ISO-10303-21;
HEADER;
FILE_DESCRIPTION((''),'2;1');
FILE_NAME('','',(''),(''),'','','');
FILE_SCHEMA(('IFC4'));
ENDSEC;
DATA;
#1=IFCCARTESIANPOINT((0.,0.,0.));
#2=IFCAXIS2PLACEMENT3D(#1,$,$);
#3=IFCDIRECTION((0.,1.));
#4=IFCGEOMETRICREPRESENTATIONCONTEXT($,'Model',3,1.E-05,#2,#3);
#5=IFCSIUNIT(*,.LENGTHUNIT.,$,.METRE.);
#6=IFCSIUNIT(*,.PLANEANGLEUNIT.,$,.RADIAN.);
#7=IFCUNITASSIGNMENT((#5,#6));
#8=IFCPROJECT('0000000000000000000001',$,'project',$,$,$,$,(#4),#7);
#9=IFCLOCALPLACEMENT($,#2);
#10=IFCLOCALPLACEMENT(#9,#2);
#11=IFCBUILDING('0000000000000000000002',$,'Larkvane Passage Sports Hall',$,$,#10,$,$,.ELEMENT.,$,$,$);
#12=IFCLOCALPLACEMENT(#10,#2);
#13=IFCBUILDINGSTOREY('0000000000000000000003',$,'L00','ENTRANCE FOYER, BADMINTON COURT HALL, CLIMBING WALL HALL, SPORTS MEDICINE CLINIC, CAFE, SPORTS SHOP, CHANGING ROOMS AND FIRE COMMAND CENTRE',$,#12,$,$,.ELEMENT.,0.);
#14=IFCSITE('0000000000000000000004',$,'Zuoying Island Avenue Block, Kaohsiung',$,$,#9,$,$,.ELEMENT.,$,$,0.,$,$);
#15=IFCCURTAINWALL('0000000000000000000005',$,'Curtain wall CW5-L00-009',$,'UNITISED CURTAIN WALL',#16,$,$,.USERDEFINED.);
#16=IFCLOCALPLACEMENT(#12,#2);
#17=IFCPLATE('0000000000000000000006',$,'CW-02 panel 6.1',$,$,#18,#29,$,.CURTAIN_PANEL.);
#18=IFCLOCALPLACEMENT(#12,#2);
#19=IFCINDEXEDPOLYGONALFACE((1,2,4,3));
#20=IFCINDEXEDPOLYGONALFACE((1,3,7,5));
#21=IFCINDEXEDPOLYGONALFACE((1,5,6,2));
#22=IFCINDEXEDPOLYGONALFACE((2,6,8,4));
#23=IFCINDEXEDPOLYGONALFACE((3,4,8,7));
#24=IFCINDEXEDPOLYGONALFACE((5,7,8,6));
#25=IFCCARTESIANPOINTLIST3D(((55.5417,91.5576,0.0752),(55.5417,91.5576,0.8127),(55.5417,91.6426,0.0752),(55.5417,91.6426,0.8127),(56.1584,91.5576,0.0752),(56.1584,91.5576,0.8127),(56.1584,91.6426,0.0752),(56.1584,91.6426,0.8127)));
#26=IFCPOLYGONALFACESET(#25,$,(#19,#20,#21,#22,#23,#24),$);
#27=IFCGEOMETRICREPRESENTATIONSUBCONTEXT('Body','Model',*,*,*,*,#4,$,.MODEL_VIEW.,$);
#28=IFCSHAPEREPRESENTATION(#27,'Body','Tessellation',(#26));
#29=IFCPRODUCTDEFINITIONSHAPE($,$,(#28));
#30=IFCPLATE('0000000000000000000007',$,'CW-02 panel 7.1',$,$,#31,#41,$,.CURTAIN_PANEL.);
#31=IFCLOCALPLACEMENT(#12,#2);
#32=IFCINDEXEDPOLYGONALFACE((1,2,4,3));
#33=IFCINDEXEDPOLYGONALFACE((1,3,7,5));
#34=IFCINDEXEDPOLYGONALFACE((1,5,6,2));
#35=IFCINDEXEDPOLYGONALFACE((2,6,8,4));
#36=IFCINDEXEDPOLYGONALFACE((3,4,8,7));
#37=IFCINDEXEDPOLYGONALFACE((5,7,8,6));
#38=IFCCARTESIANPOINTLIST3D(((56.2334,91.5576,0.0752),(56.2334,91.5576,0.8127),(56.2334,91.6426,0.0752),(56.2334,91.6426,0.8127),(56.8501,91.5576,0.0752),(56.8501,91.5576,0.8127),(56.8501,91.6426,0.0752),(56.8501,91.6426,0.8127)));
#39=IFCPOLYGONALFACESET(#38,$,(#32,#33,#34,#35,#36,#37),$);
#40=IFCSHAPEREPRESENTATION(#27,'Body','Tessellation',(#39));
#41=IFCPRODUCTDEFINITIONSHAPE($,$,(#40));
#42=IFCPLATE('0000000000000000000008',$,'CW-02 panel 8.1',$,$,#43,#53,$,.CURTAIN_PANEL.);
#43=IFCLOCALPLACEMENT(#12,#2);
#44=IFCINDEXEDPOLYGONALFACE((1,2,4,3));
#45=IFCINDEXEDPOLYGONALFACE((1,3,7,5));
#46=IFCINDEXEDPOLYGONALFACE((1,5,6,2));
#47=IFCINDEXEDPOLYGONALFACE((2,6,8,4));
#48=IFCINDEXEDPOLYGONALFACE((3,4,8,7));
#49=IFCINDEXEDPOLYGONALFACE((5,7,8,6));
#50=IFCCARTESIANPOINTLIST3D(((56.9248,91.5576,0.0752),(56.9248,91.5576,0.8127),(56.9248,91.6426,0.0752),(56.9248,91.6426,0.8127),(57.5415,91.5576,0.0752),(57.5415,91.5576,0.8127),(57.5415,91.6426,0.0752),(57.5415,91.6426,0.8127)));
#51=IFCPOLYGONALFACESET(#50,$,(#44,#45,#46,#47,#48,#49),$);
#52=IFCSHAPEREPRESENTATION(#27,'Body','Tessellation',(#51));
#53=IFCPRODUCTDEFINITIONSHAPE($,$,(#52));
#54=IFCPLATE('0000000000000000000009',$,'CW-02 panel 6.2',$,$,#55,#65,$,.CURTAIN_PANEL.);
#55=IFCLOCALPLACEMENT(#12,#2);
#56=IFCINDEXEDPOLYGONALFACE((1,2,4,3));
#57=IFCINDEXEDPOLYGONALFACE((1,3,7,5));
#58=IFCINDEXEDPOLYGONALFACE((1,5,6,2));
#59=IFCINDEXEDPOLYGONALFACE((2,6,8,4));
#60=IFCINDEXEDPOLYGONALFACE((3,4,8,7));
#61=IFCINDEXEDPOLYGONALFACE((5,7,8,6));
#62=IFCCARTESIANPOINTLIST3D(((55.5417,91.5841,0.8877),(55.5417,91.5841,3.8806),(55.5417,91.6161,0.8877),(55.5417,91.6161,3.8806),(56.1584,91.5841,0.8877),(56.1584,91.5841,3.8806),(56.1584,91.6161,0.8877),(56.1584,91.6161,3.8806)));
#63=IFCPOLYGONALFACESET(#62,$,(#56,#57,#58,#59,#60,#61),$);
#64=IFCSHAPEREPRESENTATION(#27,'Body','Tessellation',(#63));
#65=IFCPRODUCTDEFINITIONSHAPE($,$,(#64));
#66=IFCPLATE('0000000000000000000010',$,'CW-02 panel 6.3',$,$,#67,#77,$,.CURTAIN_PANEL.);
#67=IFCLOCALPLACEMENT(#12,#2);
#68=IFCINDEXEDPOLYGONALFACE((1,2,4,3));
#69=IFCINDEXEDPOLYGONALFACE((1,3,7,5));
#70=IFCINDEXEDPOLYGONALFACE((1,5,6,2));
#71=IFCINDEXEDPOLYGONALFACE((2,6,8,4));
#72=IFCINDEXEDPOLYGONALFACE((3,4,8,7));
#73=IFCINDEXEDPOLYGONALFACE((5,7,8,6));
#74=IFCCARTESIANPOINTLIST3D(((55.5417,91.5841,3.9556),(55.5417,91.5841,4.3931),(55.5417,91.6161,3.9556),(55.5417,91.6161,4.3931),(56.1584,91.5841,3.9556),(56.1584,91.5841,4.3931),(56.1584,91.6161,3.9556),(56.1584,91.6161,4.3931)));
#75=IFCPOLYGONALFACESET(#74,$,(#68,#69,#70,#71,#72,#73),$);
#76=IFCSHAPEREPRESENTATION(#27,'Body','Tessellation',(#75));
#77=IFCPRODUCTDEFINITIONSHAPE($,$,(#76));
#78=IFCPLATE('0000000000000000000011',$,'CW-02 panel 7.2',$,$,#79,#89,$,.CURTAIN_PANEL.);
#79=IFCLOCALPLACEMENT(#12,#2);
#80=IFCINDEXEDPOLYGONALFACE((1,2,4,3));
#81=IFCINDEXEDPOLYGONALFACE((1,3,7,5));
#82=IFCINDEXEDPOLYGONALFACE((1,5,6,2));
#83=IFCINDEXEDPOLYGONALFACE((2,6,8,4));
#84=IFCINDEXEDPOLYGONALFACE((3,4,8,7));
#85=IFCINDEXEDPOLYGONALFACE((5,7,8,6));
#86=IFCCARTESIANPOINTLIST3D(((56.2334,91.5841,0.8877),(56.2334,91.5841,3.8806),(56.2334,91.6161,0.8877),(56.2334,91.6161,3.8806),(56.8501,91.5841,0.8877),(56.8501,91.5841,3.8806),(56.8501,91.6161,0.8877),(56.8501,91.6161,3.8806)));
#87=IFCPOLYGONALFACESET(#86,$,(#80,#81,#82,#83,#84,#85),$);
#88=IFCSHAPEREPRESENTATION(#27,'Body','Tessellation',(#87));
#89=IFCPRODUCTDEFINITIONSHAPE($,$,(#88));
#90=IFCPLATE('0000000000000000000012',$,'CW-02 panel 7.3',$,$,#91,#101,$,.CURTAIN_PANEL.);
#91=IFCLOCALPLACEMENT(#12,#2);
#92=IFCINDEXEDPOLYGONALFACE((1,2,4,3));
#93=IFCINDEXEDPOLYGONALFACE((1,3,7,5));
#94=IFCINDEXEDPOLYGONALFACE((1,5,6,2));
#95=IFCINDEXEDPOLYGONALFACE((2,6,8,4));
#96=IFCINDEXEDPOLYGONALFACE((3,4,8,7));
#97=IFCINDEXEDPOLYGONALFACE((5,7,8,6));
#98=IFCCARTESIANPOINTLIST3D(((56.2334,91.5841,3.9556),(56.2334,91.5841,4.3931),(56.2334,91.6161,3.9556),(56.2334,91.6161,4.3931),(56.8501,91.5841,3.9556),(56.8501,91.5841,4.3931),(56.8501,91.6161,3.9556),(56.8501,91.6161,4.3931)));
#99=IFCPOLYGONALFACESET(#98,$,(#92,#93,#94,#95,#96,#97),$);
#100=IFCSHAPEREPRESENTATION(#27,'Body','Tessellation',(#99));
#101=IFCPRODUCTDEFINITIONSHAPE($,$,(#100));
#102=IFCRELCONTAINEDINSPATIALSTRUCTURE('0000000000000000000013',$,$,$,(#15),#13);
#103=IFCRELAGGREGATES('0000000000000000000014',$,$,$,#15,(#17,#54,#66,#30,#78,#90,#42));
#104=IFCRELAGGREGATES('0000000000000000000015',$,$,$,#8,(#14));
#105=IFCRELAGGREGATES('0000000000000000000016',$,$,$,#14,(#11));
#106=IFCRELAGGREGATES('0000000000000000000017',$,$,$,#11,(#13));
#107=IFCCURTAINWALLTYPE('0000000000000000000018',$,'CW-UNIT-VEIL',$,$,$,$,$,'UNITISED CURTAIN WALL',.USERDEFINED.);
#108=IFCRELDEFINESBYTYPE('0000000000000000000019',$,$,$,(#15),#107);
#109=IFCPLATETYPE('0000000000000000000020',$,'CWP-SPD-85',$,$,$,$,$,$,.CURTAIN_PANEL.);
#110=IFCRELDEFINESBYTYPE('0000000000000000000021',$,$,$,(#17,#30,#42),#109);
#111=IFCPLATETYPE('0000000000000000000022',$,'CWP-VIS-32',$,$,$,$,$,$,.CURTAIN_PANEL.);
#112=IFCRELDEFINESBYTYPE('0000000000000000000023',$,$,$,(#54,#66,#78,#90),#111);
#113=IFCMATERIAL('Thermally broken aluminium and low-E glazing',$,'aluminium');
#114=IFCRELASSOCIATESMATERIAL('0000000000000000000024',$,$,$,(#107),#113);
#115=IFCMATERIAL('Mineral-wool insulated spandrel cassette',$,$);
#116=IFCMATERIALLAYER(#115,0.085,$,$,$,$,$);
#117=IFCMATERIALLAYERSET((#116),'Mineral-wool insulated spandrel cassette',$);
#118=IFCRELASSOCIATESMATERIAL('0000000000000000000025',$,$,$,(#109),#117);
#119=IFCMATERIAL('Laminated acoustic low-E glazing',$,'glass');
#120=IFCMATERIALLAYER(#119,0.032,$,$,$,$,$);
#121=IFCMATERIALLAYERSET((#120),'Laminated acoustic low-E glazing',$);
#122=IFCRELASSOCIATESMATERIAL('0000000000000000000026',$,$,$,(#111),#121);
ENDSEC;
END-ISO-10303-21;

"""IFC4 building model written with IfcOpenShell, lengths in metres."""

from ifc_helpers import new_model, si_unit, direction, frame, origin, origin_2d, place, context, subcontext, project, spatial, rectangle, extrude, material, layer, layer_set, type_object, element, aggregate, save


model = new_model("IFC4")

# Units and contexts
model_context = context("Model", 3, precision=1e-05, world=origin(), true_north=direction((0.0, 1.0)))
body_context = subcontext(model_context, "Body", "Model", "MODEL_VIEW")
ifc_project = project(units=[si_unit("LENGTHUNIT", "METRE"), si_unit("PLANEANGLEUNIT", "RADIAN")], contexts=[model_context])

# Site, building, storey
site_placement = place(None, origin())
site = spatial("IfcSite", under=ifc_project, at=site_placement, Name="Zuoying Island Avenue Block, Kaohsiung", CompositionType="ELEMENT", RefElevation=0.0)
building_placement = place(site_placement, origin())
building = spatial("IfcBuilding", under=site, at=building_placement, Name="Larkvane Passage Sports Hall", CompositionType="ELEMENT")
storey_placement = place(building_placement, origin())
storey = spatial("IfcBuildingStorey", under=building, at=storey_placement, Name="L00", Description="ENTRANCE FOYER, BADMINTON COURT HALL, CLIMBING WALL HALL, SPORTS MEDICINE CLINIC, CAFE, SPORTS SHOP, CHANGING ROOMS AND FIRE COMMAND CENTRE", CompositionType="ELEMENT", Elevation=0.0)

# Curtain wall, plates
ifc_material_1 = material(Name="Thermally broken aluminium and low-E glazing", Category="aluminium")
curtain_wall_type = type_object("IfcCurtainWallType", Name="CW-UNIT-VEIL", ElementType="UNITISED CURTAIN WALL", PredefinedType="USERDEFINED", material=ifc_material_1)
curtain_wall_placement = place(storey_placement, origin())
curtain_wall = element("IfcCurtainWall", 1, at=curtain_wall_placement, inside=storey, type_object=curtain_wall_type, Name="Curtain wall CW5-L00-009", ObjectType="UNITISED CURTAIN WALL", PredefinedType="USERDEFINED")
ifc_material_2 = material(Name="Mineral-wool insulated spandrel cassette")
ifc_layer_1 = layer(ifc_material_2, 0.085)
ifc_layer_set_1 = layer_set([ifc_layer_1], Name="Mineral-wool insulated spandrel cassette")
plate_type_1 = type_object("IfcPlateType", Name="CWP-SPD-85", PredefinedType="CURTAIN_PANEL", material=ifc_layer_set_1)
plate_1_placement = place(storey_placement, frame((55.8501, 91.6001, 0.0752), z_axis=(0.0, 0.0, 1.0), x_axis=(1.0, 0.0, 0.0)))
plate_1 = element("IfcPlate", 2, at=plate_1_placement, type_object=plate_type_1, Name="CW-02 panel 6.1", PredefinedType="CURTAIN_PANEL", context=body_context, shape_type="SweptSolid", body=[
    extrude(rectangle(XDim=0.6167, YDim=0.085, at=origin_2d()), origin(), (0.0, 0.0, 1.0), 0.7375),
])
plate_2_placement = place(storey_placement, frame((56.5417, 91.6001, 0.0752), z_axis=(0.0, 0.0, 1.0), x_axis=(1.0, 0.0, 0.0)))
plate_2 = element("IfcPlate", 3, at=plate_2_placement, type_object=plate_type_1, Name="CW-02 panel 7.1", PredefinedType="CURTAIN_PANEL", context=body_context, shape_type="SweptSolid", body=[
    extrude(rectangle(XDim=0.6167, YDim=0.085, at=origin_2d()), origin(), (0.0, 0.0, 1.0), 0.7375),
])
plate_3_placement = place(storey_placement, frame((57.2332, 91.6001, 0.0752), z_axis=(0.0, 0.0, 1.0), x_axis=(1.0, 0.0, 0.0)))
plate_3 = element("IfcPlate", 4, at=plate_3_placement, type_object=plate_type_1, Name="CW-02 panel 8.1", PredefinedType="CURTAIN_PANEL", context=body_context, shape_type="SweptSolid", body=[
    extrude(rectangle(XDim=0.6167, YDim=0.085, at=origin_2d()), origin(), (0.0, 0.0, 1.0), 0.7375),
])
ifc_material_3 = material(Name="Laminated acoustic low-E glazing", Category="glass")
ifc_layer_2 = layer(ifc_material_3, 0.032)
ifc_layer_set_2 = layer_set([ifc_layer_2], Name="Laminated acoustic low-E glazing")
plate_type_2 = type_object("IfcPlateType", Name="CWP-VIS-32", PredefinedType="CURTAIN_PANEL", material=ifc_layer_set_2)
plate_4_placement = place(storey_placement, frame((55.8501, 91.6001, 0.8877), z_axis=(0.0, 0.0, 1.0), x_axis=(1.0, 0.0, 0.0)))
plate_4 = element("IfcPlate", 5, at=plate_4_placement, type_object=plate_type_2, Name="CW-02 panel 6.2", PredefinedType="CURTAIN_PANEL", context=body_context, shape_type="SweptSolid", body=[
    extrude(rectangle(XDim=0.6167, YDim=0.032, at=origin_2d()), origin(), (0.0, 0.0, 1.0), 2.9929),
])
plate_5_placement = place(storey_placement, frame((55.8501, 91.6001, 3.9556), z_axis=(0.0, 0.0, 1.0), x_axis=(1.0, 0.0, 0.0)))
plate_5 = element("IfcPlate", 6, at=plate_5_placement, type_object=plate_type_2, Name="CW-02 panel 6.3", PredefinedType="CURTAIN_PANEL", context=body_context, shape_type="SweptSolid", body=[
    extrude(rectangle(XDim=0.6167, YDim=0.032, at=origin_2d()), origin(), (0.0, 0.0, 1.0), 0.4375),
])
plate_6_placement = place(storey_placement, frame((56.5417, 91.6001, 0.8877), z_axis=(0.0, 0.0, 1.0), x_axis=(1.0, 0.0, 0.0)))
plate_6 = element("IfcPlate", 7, at=plate_6_placement, type_object=plate_type_2, Name="CW-02 panel 7.2", PredefinedType="CURTAIN_PANEL", context=body_context, shape_type="SweptSolid", body=[
    extrude(rectangle(XDim=0.6167, YDim=0.032, at=origin_2d()), origin(), (0.0, 0.0, 1.0), 2.9929),
])
plate_7_placement = place(storey_placement, frame((56.5417, 91.6001, 3.9556), z_axis=(0.0, 0.0, 1.0), x_axis=(1.0, 0.0, 0.0)))
plate_7 = element("IfcPlate", 8, at=plate_7_placement, type_object=plate_type_2, Name="CW-02 panel 7.3", PredefinedType="CURTAIN_PANEL", context=body_context, shape_type="SweptSolid", body=[
    extrude(rectangle(XDim=0.6167, YDim=0.032, at=origin_2d()), origin(), (0.0, 0.0, 1.0), 0.4375),
])
aggregate(curtain_wall, [plate_1, plate_4, plate_5, plate_2, plate_6, plate_7, plate_3])

save(model, "model.ifc")
